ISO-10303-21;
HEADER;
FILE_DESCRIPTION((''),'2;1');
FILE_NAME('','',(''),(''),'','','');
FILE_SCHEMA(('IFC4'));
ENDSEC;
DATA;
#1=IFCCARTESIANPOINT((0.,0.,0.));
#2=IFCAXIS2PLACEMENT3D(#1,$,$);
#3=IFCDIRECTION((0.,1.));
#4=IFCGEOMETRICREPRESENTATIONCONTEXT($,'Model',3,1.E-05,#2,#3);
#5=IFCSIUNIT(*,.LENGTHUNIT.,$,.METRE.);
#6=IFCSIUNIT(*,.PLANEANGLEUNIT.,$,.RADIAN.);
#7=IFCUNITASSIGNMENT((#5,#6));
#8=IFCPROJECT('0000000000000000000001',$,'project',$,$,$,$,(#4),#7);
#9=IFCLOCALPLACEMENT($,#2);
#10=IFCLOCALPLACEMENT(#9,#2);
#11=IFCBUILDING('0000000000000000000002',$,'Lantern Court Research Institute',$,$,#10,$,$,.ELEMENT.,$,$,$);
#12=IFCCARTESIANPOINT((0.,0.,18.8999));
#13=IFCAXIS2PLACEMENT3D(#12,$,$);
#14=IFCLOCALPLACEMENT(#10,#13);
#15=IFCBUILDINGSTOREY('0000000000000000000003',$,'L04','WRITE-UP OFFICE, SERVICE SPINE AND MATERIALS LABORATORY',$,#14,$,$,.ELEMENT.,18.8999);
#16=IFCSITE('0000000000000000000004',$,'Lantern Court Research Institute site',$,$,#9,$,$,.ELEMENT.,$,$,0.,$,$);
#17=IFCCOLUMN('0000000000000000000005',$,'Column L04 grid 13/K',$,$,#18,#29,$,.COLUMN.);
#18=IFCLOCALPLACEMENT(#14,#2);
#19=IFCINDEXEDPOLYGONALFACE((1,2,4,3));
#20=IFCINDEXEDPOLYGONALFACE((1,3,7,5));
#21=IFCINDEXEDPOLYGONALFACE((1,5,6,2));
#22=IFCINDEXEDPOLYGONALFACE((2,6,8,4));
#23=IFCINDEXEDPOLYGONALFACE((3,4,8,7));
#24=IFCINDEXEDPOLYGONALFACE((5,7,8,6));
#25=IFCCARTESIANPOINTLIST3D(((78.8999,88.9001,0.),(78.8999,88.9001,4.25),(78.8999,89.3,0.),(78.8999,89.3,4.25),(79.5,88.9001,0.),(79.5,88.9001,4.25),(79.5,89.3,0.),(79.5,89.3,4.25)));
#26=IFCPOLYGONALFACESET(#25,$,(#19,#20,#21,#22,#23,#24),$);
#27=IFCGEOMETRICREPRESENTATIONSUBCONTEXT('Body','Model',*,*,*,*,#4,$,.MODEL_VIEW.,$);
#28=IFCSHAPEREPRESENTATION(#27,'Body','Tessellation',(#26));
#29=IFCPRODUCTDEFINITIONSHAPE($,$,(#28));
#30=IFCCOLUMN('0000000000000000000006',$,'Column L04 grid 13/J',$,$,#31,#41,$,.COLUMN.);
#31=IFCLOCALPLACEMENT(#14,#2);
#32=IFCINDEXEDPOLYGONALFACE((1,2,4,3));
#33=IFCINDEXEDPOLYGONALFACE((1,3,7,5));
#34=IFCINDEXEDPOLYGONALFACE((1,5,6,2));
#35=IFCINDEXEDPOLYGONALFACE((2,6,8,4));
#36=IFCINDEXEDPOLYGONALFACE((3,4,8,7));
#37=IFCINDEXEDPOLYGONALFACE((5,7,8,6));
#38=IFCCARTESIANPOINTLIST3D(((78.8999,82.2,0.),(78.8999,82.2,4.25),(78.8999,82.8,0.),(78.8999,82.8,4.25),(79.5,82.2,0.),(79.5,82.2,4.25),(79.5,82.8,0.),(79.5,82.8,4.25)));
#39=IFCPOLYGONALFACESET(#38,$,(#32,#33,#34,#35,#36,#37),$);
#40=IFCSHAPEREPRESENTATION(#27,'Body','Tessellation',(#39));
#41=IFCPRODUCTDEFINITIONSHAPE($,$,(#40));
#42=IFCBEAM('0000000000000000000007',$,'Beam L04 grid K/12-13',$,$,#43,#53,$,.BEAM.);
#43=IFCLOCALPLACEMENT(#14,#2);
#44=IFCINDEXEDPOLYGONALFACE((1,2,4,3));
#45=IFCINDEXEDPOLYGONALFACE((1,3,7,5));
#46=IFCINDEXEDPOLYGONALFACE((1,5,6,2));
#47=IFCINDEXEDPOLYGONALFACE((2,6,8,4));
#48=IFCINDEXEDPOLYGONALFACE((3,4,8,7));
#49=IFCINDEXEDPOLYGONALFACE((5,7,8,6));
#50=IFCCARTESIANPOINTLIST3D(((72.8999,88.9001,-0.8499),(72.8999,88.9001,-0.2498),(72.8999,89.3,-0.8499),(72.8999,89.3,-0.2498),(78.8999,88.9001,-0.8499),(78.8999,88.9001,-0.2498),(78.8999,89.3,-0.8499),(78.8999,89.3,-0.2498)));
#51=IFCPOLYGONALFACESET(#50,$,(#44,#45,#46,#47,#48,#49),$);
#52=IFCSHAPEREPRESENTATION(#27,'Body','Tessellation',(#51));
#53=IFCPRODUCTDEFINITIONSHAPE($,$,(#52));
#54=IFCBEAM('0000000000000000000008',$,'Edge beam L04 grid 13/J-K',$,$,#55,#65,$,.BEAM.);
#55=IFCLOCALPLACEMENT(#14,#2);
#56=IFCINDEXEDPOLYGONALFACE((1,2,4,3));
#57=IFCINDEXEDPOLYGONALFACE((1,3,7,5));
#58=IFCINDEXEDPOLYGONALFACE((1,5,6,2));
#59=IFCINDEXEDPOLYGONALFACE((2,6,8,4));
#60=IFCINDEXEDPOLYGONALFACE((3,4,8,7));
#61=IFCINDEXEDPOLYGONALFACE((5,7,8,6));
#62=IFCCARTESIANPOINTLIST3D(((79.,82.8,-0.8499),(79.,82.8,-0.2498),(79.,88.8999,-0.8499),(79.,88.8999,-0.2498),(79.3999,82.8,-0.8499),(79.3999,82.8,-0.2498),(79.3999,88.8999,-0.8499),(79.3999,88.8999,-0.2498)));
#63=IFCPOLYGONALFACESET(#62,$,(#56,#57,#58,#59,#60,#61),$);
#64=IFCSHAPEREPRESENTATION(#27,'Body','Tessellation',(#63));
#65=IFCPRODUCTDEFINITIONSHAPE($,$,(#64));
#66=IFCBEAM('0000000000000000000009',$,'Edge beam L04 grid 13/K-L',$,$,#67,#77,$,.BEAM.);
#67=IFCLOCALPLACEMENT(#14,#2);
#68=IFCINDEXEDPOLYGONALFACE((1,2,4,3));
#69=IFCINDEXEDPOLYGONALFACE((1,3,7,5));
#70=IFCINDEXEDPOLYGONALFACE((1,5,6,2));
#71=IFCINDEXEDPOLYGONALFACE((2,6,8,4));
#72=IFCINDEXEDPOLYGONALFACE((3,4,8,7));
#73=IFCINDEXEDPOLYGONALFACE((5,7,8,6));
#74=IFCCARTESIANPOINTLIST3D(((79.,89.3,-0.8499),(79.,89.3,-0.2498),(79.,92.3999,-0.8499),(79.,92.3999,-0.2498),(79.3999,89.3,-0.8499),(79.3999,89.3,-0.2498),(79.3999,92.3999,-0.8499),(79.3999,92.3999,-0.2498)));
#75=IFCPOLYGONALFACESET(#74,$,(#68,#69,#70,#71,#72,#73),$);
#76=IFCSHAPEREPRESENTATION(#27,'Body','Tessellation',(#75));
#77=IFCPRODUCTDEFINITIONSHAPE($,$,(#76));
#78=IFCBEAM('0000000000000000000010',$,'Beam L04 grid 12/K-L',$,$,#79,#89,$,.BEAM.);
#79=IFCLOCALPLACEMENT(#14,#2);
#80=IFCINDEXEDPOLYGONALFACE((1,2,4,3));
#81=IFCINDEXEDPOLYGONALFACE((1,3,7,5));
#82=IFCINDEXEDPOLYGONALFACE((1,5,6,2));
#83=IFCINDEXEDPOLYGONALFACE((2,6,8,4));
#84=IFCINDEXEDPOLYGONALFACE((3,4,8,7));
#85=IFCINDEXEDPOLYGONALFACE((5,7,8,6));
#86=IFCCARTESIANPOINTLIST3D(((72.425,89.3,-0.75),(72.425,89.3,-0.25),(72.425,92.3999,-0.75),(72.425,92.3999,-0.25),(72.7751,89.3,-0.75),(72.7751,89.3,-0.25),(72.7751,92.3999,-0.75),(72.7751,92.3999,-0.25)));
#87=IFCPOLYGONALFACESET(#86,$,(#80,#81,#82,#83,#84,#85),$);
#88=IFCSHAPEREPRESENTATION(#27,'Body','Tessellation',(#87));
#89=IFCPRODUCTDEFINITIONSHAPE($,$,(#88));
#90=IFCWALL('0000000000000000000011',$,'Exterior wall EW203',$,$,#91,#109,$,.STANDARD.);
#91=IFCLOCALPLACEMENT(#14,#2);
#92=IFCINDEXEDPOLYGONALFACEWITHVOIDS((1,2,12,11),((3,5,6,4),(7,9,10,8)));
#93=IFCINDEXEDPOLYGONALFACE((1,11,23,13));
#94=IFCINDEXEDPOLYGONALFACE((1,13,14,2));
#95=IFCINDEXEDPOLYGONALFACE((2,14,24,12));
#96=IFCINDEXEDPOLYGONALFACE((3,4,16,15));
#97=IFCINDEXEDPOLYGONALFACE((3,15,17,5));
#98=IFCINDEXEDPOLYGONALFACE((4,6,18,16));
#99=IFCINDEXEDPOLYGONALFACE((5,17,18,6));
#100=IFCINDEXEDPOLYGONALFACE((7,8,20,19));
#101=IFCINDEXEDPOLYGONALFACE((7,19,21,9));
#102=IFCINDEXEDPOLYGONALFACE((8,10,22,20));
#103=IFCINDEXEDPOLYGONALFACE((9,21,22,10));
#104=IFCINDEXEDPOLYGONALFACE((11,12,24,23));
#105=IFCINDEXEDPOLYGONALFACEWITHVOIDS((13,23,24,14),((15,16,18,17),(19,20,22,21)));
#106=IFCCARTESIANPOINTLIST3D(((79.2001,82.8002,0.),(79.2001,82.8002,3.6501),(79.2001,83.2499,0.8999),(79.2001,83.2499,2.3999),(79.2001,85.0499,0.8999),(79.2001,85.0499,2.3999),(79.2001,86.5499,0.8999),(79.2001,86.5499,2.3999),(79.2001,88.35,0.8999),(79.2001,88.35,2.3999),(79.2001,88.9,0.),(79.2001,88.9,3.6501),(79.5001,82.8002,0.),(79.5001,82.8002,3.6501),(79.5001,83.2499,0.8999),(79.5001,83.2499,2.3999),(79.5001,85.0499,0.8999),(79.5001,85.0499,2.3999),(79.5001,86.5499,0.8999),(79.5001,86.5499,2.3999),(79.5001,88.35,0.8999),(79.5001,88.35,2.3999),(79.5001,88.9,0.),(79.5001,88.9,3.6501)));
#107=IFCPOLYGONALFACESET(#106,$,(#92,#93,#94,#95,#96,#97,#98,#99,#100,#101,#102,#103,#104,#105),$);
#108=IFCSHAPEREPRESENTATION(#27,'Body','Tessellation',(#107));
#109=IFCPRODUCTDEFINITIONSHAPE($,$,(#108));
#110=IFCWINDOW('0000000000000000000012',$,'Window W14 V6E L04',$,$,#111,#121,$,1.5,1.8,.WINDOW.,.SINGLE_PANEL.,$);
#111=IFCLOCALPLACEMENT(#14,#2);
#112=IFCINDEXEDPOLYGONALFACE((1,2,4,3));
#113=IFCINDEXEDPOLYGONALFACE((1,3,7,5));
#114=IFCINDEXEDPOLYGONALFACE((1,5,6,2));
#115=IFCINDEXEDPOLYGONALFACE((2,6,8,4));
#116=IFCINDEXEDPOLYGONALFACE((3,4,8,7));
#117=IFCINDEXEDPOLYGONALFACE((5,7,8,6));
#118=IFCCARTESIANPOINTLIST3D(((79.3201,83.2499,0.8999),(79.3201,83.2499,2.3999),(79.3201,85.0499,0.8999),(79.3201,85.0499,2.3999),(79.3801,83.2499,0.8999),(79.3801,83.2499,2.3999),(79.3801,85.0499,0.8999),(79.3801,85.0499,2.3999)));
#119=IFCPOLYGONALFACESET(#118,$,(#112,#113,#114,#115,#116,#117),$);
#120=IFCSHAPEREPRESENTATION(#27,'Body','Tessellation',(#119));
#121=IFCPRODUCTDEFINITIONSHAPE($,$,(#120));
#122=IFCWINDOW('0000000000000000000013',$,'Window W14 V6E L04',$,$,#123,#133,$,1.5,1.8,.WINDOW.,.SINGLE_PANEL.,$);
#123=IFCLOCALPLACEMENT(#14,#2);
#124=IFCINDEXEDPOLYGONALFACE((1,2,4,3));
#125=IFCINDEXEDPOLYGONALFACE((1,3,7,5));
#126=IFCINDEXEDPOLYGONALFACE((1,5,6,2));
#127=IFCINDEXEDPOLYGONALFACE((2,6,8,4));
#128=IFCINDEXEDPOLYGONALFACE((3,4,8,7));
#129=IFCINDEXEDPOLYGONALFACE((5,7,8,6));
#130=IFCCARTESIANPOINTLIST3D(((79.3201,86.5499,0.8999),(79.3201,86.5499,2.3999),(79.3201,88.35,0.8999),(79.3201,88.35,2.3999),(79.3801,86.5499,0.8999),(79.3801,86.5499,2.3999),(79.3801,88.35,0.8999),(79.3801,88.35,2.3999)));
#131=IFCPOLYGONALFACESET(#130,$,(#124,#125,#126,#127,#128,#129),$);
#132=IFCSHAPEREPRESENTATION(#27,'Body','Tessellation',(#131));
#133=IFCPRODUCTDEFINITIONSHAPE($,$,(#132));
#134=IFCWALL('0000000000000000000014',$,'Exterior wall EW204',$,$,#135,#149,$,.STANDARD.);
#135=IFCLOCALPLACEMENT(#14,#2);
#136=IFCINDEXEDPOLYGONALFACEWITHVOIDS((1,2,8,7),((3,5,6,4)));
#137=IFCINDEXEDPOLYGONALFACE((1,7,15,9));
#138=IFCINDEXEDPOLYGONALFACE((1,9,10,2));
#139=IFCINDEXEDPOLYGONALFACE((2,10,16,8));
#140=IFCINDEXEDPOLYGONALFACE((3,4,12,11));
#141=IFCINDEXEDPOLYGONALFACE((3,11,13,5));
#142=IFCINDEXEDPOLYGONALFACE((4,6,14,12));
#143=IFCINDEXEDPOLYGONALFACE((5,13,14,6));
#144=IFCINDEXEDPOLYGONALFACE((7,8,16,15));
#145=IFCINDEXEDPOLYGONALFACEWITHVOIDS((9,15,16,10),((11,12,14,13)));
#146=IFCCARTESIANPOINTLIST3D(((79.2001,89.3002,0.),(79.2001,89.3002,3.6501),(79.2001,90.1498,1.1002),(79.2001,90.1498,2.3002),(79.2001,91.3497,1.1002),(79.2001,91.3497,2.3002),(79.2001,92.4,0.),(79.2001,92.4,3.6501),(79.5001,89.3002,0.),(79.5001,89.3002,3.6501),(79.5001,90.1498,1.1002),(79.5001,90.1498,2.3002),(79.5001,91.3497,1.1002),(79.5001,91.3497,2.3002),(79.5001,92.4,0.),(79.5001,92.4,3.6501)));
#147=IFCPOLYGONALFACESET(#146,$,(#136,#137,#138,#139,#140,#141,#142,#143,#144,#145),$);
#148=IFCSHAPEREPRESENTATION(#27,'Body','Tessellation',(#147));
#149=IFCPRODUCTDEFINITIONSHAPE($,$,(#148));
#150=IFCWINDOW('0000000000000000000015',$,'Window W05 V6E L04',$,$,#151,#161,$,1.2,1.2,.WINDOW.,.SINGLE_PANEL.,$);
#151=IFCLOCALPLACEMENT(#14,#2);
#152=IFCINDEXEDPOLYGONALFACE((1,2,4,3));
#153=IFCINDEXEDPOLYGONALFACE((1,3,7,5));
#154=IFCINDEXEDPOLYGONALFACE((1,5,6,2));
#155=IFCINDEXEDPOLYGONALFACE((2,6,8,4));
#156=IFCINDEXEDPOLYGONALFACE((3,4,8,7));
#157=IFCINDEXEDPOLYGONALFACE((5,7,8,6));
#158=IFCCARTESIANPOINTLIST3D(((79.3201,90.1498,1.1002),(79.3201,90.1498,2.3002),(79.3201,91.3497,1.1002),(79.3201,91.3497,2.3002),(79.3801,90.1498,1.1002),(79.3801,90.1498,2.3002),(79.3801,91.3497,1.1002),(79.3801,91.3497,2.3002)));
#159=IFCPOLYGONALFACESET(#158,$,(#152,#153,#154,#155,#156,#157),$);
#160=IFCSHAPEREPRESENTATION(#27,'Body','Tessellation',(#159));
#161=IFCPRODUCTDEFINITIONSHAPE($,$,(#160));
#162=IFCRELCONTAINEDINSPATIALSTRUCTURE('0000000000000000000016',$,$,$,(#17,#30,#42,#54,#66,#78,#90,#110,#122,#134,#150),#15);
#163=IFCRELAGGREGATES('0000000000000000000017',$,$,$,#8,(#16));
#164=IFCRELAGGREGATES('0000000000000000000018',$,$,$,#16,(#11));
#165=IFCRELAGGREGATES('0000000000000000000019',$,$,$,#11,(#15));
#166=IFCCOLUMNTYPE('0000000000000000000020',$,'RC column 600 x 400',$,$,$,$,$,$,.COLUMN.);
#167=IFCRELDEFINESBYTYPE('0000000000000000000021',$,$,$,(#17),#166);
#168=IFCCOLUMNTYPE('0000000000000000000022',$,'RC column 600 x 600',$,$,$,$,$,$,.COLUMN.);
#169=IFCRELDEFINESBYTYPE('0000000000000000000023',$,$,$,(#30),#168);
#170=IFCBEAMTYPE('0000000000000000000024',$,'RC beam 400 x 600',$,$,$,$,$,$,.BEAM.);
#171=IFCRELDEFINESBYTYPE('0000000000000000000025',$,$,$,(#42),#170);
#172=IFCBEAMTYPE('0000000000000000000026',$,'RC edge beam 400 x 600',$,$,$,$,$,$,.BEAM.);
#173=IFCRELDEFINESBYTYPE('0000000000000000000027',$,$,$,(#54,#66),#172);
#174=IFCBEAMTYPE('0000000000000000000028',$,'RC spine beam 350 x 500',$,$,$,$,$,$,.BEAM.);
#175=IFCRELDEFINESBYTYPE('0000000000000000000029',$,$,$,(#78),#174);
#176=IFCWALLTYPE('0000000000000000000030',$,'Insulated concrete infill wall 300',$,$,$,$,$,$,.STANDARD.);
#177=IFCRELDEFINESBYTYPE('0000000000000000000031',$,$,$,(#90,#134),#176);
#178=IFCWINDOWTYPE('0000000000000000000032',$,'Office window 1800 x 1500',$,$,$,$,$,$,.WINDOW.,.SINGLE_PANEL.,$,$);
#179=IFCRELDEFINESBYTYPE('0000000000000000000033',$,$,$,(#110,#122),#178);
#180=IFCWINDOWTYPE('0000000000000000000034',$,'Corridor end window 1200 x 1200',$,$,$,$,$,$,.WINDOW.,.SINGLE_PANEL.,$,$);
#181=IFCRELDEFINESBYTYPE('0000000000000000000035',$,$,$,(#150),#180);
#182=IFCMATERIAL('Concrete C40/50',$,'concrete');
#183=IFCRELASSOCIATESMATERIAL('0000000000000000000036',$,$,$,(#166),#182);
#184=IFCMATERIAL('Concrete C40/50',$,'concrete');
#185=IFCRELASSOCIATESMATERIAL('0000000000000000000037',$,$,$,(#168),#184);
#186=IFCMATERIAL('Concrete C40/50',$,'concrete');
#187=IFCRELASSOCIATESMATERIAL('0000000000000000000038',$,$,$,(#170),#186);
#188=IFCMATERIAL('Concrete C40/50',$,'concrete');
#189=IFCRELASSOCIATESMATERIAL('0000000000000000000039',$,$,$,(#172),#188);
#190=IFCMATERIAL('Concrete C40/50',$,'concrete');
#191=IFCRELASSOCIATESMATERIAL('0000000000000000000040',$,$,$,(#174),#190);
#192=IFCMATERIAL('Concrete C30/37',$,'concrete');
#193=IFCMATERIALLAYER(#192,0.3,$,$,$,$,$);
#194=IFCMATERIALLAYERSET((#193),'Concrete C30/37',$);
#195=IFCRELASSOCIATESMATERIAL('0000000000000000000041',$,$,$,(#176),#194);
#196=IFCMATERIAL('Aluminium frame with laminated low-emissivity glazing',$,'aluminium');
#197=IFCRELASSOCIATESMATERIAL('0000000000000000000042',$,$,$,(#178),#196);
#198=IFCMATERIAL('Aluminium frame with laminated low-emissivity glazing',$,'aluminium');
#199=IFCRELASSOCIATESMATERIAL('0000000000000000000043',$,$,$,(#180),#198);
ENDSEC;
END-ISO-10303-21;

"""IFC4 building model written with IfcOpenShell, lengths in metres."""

from ifc_helpers import new_model, si_unit, direction, frame, frame_2d, origin, origin_2d, place, context, subcontext, project, spatial, rectangle, extrude, material, layer, layer_set, material_profile, profile_set, type_object, element, fill, save


model = new_model("IFC4")

# Units and contexts
model_context = context("Model", 3, precision=1e-05, world=origin(), true_north=direction((0.0, 1.0)))
body_context = subcontext(model_context, "Body", "Model", "MODEL_VIEW")
ifc_project = project(units=[si_unit("LENGTHUNIT", "METRE"), si_unit("PLANEANGLEUNIT", "RADIAN")], contexts=[model_context])

# Site, building, storey
site_placement = place(None, origin())
site = spatial("IfcSite", under=ifc_project, at=site_placement, Name="Lantern Court Research Institute site", CompositionType="ELEMENT", RefElevation=0.0)
building_placement = place(site_placement, origin())
building = spatial("IfcBuilding", under=site, at=building_placement, Name="Lantern Court Research Institute", CompositionType="ELEMENT")
storey_placement = place(building_placement, frame((0.0, 0.0, 18.8999)))
storey = spatial("IfcBuildingStorey", under=building, at=storey_placement, Name="L04", Description="WRITE-UP OFFICE, SERVICE SPINE AND MATERIALS LABORATORY", CompositionType="ELEMENT", Elevation=18.8999)

# Columns
ifc_material_1 = material(Name="Concrete C40/50", Category="concrete")
ifc_material_profile_1 = material_profile(ifc_material_1, rectangle(XDim=0.6001, YDim=0.3999, at=origin_2d()), Name="RC column 600 x 400")
ifc_profile_set_1 = profile_set([ifc_material_profile_1], Name="Concrete C40/50")
column_type_1 = type_object("IfcColumnType", Name="RC column 600 x 400", PredefinedType="COLUMN", material=ifc_profile_set_1)
column_1_placement = place(storey_placement, frame((79.2, 89.1001, 0.0), z_axis=(0.0, 0.0, 1.0), x_axis=(1.0, 0.0, 0.0)))
element("IfcColumn", 1, at=column_1_placement, inside=storey, type_object=column_type_1, Name="Column L04 grid 13/K", PredefinedType="COLUMN", context=body_context, shape_type="SweptSolid", body=[
    extrude(rectangle(XDim=0.6001, YDim=0.3999, at=origin_2d()), origin(), (0.0, 0.0, 1.0), 4.25),
])
ifc_material_2 = material(Name="Concrete C40/50", Category="concrete")
ifc_material_profile_2 = material_profile(ifc_material_2, rectangle(XDim=0.6001, YDim=0.6001, at=origin_2d()), Name="RC column 600 x 600")
ifc_profile_set_2 = profile_set([ifc_material_profile_2], Name="Concrete C40/50")
column_type_2 = type_object("IfcColumnType", Name="RC column 600 x 600", PredefinedType="COLUMN", material=ifc_profile_set_2)
column_2_placement = place(storey_placement, frame((79.2, 82.5, 0.0), z_axis=(0.0, 0.0, 1.0), x_axis=(1.0, 0.0, 0.0)))
element("IfcColumn", 2, at=column_2_placement, inside=storey, type_object=column_type_2, Name="Column L04 grid 13/J", PredefinedType="COLUMN", context=body_context, shape_type="SweptSolid", body=[
    extrude(rectangle(XDim=0.6001, YDim=0.6001, at=origin_2d()), origin(), (0.0, 0.0, 1.0), 4.25),
])

# Beams
ifc_material_3 = material(Name="Concrete C40/50", Category="concrete")
ifc_material_profile_3 = material_profile(ifc_material_3, rectangle(XDim=0.3999, YDim=0.6001, at=origin_2d()), Name="RC beam 400 x 600")
ifc_profile_set_3 = profile_set([ifc_material_profile_3], Name="Concrete C40/50")
beam_type_1 = type_object("IfcBeamType", Name="RC beam 400 x 600", PredefinedType="BEAM", material=ifc_profile_set_3)
beam_1_placement = place(storey_placement, frame((72.8999, 89.1001, -0.5498), z_axis=(1.0, 0.0, 0.0), x_axis=(0.0, 1.0, 0.0)))
element("IfcBeam", 3, at=beam_1_placement, inside=storey, type_object=beam_type_1, Name="Beam L04 grid K/12-13", PredefinedType="BEAM", context=body_context, shape_type="SweptSolid", body=[
    extrude(rectangle(XDim=0.3999, YDim=0.6001, at=origin_2d()), origin(), (0.0, 0.0, 1.0), 6.0),
])
ifc_material_4 = material(Name="Concrete C40/50", Category="concrete")
ifc_material_profile_4 = material_profile(ifc_material_4, rectangle(XDim=0.3999, YDim=0.6001, at=origin_2d()), Name="RC beam 400 x 600")
ifc_profile_set_4 = profile_set([ifc_material_profile_4], Name="Concrete C40/50")
beam_type_2 = type_object("IfcBeamType", Name="RC edge beam 400 x 600", PredefinedType="BEAM", material=ifc_profile_set_4)
beam_2_placement = place(storey_placement, frame((79.2, 82.8, -0.5498), z_axis=(0.0, 1.0, 0.0), x_axis=(-1.0, 0.0, 0.0)))
element("IfcBeam", 4, at=beam_2_placement, inside=storey, type_object=beam_type_2, Name="Edge beam L04 grid 13/J-K", PredefinedType="BEAM", context=body_context, shape_type="SweptSolid", body=[
    extrude(rectangle(XDim=0.3999, YDim=0.6001, at=origin_2d()), origin(), (0.0, 0.0, 1.0), 6.0999),
])
beam_3_placement = place(storey_placement, frame((79.2, 89.3, -0.5498), z_axis=(0.0, 1.0, 0.0), x_axis=(-1.0, 0.0, 0.0)))
element("IfcBeam", 5, at=beam_3_placement, inside=storey, type_object=beam_type_2, Name="Edge beam L04 grid 13/K-L", PredefinedType="BEAM", context=body_context, shape_type="SweptSolid", body=[
    extrude(rectangle(XDim=0.3999, YDim=0.6001, at=origin_2d()), origin(), (0.0, 0.0, 1.0), 3.0999),
])
ifc_material_5 = material(Name="Concrete C40/50", Category="concrete")
ifc_material_profile_5 = material_profile(ifc_material_5, rectangle(XDim=0.3501, YDim=0.5, at=origin_2d()), Name="RC beam 350 x 500")
ifc_profile_set_5 = profile_set([ifc_material_profile_5], Name="Concrete C40/50")
beam_type_3 = type_object("IfcBeamType", Name="RC spine beam 350 x 500", PredefinedType="BEAM", material=ifc_profile_set_5)
beam_4_placement = place(storey_placement, frame((72.6001, 89.3, -0.5), z_axis=(0.0, 1.0, 0.0), x_axis=(-1.0, 0.0, 0.0)))
element("IfcBeam", 6, at=beam_4_placement, inside=storey, type_object=beam_type_3, Name="Beam L04 grid 12/K-L", PredefinedType="BEAM", context=body_context, shape_type="SweptSolid", body=[
    extrude(rectangle(XDim=0.3501, YDim=0.5, at=origin_2d()), origin(), (0.0, 0.0, 1.0), 3.0999),
])

# Wall, openings, windows
ifc_material_6 = material(Name="Concrete C30/37", Category="concrete")
ifc_layer_1 = layer(ifc_material_6, 0.3)
ifc_layer_set_1 = layer_set([ifc_layer_1], Name="Concrete C30/37")
wall_type_1 = type_object("IfcWallType", Name="Insulated concrete infill wall 300", PredefinedType="STANDARD", material=ifc_layer_set_1)
wall_1_placement = place(storey_placement, frame((79.3501, 88.8999, 0.0), z_axis=(0.0, 0.0, 1.0), x_axis=(0.0, -1.0, 0.0)))
wall_1 = element("IfcWall", 7, at=wall_1_placement, inside=storey, type_object=wall_type_1, Name="Exterior wall EW203", PredefinedType="STANDARD", context=body_context, shape_type="SweptSolid", body=[
    extrude(rectangle(XDim=6.0999, YDim=0.3, at=frame_2d((3.0498, 0.0))), origin(), (0.0, 0.0, 1.0), 3.6501),
])
opening_1_placement = place(wall_1_placement, frame((3.8501, 0.0, 0.8999)))
opening_1 = element("IfcOpeningElement", 8, at=opening_1_placement, cuts=wall_1, PredefinedType="OPENING", context=body_context, shape_type="SweptSolid", body=[
    extrude(rectangle(XDim=1.8, YDim=1.5, at=frame_2d((0.8999, 0.75))), frame((0.0, 0.1599, 0.0), z_axis=(0.0, -1.0, 0.0), x_axis=(1.0, 0.0, 0.0)), (0.0, 0.0, 1.0), 0.3201),
])
opening_2_placement = place(wall_1_placement, frame((0.55, 0.0, 0.8999)))
opening_2 = element("IfcOpeningElement", 9, at=opening_2_placement, cuts=wall_1, PredefinedType="OPENING", context=body_context, shape_type="SweptSolid", body=[
    extrude(rectangle(XDim=1.8, YDim=1.5, at=frame_2d((0.8999, 0.75))), frame((0.0, 0.1599, 0.0), z_axis=(0.0, -1.0, 0.0), x_axis=(1.0, 0.0, 0.0)), (0.0, 0.0, 1.0), 0.3201),
])
ifc_material_7 = material(Name="Aluminium frame with laminated low-emissivity glazing", Category="aluminium")
window_type_1 = type_object("IfcWindowType", Name="Office window 1800 x 1500", PartitioningType="SINGLE_PANEL", PredefinedType="WINDOW", material=ifc_material_7)
window_1_placement = place(opening_1_placement, origin())
window_1 = element("IfcWindow", 10, at=window_1_placement, inside=storey, type_object=window_type_1, Name="Window W14 V6E L04", OverallHeight=1.5, OverallWidth=1.8, PartitioningType="SINGLE_PANEL", PredefinedType="WINDOW", context=body_context, shape_type="SweptSolid", body=[
    extrude(rectangle(XDim=1.8, YDim=1.5, at=frame_2d((0.8999, 0.75))), frame((0.0, 0.03, 0.0), z_axis=(0.0, -1.0, 0.0), x_axis=(1.0, 0.0, 0.0)), (0.0, 0.0, 1.0), 0.0601),
])
fill(opening_1, window_1)
window_2_placement = place(opening_2_placement, origin())
window_2 = element("IfcWindow", 11, at=window_2_placement, inside=storey, type_object=window_type_1, Name="Window W14 V6E L04", OverallHeight=1.5, OverallWidth=1.8, PartitioningType="SINGLE_PANEL", PredefinedType="WINDOW", context=body_context, shape_type="SweptSolid", body=[
    extrude(rectangle(XDim=1.8, YDim=1.5, at=frame_2d((0.8999, 0.75))), frame((0.0, 0.03, 0.0), z_axis=(0.0, -1.0, 0.0), x_axis=(1.0, 0.0, 0.0)), (0.0, 0.0, 1.0), 0.0601),
])
fill(opening_2, window_2)

# Wall, opening, window
wall_2_placement = place(storey_placement, frame((79.3501, 92.3999, 0.0), z_axis=(0.0, 0.0, 1.0), x_axis=(0.0, -1.0, 0.0)))
wall_2 = element("IfcWall", 12, at=wall_2_placement, inside=storey, type_object=wall_type_1, Name="Exterior wall EW204", PredefinedType="STANDARD", context=body_context, shape_type="SweptSolid", body=[
    extrude(rectangle(XDim=3.0999, YDim=0.3, at=frame_2d((1.5498, 0.0))), origin(), (0.0, 0.0, 1.0), 3.6501),
])
opening_3_placement = place(wall_2_placement, frame((1.05, 0.0, 1.1001)))
opening_3 = element("IfcOpeningElement", 13, at=opening_3_placement, cuts=wall_2, PredefinedType="OPENING", context=body_context, shape_type="SweptSolid", body=[
    extrude(rectangle(XDim=1.2, YDim=1.2, at=frame_2d((0.6001, 0.6001))), frame((0.0, 0.1599, 0.0), z_axis=(0.0, -1.0, 0.0), x_axis=(1.0, 0.0, 0.0)), (0.0, 0.0, 1.0), 0.3201),
])
ifc_material_8 = material(Name="Aluminium frame with laminated low-emissivity glazing", Category="aluminium")
window_type_2 = type_object("IfcWindowType", Name="Corridor end window 1200 x 1200", PartitioningType="SINGLE_PANEL", PredefinedType="WINDOW", material=ifc_material_8)
window_3_placement = place(opening_3_placement, origin())
window_3 = element("IfcWindow", 14, at=window_3_placement, inside=storey, type_object=window_type_2, Name="Window W05 V6E L04", OverallHeight=1.2, OverallWidth=1.2, PartitioningType="SINGLE_PANEL", PredefinedType="WINDOW", context=body_context, shape_type="SweptSolid", body=[
    extrude(rectangle(XDim=1.2, YDim=1.2, at=frame_2d((0.6001, 0.6001))), frame((0.0, 0.03, 0.0), z_axis=(0.0, -1.0, 0.0), x_axis=(1.0, 0.0, 0.0)), (0.0, 0.0, 1.0), 0.0601),
])
fill(opening_3, window_3)

save(model, "model.ifc")
